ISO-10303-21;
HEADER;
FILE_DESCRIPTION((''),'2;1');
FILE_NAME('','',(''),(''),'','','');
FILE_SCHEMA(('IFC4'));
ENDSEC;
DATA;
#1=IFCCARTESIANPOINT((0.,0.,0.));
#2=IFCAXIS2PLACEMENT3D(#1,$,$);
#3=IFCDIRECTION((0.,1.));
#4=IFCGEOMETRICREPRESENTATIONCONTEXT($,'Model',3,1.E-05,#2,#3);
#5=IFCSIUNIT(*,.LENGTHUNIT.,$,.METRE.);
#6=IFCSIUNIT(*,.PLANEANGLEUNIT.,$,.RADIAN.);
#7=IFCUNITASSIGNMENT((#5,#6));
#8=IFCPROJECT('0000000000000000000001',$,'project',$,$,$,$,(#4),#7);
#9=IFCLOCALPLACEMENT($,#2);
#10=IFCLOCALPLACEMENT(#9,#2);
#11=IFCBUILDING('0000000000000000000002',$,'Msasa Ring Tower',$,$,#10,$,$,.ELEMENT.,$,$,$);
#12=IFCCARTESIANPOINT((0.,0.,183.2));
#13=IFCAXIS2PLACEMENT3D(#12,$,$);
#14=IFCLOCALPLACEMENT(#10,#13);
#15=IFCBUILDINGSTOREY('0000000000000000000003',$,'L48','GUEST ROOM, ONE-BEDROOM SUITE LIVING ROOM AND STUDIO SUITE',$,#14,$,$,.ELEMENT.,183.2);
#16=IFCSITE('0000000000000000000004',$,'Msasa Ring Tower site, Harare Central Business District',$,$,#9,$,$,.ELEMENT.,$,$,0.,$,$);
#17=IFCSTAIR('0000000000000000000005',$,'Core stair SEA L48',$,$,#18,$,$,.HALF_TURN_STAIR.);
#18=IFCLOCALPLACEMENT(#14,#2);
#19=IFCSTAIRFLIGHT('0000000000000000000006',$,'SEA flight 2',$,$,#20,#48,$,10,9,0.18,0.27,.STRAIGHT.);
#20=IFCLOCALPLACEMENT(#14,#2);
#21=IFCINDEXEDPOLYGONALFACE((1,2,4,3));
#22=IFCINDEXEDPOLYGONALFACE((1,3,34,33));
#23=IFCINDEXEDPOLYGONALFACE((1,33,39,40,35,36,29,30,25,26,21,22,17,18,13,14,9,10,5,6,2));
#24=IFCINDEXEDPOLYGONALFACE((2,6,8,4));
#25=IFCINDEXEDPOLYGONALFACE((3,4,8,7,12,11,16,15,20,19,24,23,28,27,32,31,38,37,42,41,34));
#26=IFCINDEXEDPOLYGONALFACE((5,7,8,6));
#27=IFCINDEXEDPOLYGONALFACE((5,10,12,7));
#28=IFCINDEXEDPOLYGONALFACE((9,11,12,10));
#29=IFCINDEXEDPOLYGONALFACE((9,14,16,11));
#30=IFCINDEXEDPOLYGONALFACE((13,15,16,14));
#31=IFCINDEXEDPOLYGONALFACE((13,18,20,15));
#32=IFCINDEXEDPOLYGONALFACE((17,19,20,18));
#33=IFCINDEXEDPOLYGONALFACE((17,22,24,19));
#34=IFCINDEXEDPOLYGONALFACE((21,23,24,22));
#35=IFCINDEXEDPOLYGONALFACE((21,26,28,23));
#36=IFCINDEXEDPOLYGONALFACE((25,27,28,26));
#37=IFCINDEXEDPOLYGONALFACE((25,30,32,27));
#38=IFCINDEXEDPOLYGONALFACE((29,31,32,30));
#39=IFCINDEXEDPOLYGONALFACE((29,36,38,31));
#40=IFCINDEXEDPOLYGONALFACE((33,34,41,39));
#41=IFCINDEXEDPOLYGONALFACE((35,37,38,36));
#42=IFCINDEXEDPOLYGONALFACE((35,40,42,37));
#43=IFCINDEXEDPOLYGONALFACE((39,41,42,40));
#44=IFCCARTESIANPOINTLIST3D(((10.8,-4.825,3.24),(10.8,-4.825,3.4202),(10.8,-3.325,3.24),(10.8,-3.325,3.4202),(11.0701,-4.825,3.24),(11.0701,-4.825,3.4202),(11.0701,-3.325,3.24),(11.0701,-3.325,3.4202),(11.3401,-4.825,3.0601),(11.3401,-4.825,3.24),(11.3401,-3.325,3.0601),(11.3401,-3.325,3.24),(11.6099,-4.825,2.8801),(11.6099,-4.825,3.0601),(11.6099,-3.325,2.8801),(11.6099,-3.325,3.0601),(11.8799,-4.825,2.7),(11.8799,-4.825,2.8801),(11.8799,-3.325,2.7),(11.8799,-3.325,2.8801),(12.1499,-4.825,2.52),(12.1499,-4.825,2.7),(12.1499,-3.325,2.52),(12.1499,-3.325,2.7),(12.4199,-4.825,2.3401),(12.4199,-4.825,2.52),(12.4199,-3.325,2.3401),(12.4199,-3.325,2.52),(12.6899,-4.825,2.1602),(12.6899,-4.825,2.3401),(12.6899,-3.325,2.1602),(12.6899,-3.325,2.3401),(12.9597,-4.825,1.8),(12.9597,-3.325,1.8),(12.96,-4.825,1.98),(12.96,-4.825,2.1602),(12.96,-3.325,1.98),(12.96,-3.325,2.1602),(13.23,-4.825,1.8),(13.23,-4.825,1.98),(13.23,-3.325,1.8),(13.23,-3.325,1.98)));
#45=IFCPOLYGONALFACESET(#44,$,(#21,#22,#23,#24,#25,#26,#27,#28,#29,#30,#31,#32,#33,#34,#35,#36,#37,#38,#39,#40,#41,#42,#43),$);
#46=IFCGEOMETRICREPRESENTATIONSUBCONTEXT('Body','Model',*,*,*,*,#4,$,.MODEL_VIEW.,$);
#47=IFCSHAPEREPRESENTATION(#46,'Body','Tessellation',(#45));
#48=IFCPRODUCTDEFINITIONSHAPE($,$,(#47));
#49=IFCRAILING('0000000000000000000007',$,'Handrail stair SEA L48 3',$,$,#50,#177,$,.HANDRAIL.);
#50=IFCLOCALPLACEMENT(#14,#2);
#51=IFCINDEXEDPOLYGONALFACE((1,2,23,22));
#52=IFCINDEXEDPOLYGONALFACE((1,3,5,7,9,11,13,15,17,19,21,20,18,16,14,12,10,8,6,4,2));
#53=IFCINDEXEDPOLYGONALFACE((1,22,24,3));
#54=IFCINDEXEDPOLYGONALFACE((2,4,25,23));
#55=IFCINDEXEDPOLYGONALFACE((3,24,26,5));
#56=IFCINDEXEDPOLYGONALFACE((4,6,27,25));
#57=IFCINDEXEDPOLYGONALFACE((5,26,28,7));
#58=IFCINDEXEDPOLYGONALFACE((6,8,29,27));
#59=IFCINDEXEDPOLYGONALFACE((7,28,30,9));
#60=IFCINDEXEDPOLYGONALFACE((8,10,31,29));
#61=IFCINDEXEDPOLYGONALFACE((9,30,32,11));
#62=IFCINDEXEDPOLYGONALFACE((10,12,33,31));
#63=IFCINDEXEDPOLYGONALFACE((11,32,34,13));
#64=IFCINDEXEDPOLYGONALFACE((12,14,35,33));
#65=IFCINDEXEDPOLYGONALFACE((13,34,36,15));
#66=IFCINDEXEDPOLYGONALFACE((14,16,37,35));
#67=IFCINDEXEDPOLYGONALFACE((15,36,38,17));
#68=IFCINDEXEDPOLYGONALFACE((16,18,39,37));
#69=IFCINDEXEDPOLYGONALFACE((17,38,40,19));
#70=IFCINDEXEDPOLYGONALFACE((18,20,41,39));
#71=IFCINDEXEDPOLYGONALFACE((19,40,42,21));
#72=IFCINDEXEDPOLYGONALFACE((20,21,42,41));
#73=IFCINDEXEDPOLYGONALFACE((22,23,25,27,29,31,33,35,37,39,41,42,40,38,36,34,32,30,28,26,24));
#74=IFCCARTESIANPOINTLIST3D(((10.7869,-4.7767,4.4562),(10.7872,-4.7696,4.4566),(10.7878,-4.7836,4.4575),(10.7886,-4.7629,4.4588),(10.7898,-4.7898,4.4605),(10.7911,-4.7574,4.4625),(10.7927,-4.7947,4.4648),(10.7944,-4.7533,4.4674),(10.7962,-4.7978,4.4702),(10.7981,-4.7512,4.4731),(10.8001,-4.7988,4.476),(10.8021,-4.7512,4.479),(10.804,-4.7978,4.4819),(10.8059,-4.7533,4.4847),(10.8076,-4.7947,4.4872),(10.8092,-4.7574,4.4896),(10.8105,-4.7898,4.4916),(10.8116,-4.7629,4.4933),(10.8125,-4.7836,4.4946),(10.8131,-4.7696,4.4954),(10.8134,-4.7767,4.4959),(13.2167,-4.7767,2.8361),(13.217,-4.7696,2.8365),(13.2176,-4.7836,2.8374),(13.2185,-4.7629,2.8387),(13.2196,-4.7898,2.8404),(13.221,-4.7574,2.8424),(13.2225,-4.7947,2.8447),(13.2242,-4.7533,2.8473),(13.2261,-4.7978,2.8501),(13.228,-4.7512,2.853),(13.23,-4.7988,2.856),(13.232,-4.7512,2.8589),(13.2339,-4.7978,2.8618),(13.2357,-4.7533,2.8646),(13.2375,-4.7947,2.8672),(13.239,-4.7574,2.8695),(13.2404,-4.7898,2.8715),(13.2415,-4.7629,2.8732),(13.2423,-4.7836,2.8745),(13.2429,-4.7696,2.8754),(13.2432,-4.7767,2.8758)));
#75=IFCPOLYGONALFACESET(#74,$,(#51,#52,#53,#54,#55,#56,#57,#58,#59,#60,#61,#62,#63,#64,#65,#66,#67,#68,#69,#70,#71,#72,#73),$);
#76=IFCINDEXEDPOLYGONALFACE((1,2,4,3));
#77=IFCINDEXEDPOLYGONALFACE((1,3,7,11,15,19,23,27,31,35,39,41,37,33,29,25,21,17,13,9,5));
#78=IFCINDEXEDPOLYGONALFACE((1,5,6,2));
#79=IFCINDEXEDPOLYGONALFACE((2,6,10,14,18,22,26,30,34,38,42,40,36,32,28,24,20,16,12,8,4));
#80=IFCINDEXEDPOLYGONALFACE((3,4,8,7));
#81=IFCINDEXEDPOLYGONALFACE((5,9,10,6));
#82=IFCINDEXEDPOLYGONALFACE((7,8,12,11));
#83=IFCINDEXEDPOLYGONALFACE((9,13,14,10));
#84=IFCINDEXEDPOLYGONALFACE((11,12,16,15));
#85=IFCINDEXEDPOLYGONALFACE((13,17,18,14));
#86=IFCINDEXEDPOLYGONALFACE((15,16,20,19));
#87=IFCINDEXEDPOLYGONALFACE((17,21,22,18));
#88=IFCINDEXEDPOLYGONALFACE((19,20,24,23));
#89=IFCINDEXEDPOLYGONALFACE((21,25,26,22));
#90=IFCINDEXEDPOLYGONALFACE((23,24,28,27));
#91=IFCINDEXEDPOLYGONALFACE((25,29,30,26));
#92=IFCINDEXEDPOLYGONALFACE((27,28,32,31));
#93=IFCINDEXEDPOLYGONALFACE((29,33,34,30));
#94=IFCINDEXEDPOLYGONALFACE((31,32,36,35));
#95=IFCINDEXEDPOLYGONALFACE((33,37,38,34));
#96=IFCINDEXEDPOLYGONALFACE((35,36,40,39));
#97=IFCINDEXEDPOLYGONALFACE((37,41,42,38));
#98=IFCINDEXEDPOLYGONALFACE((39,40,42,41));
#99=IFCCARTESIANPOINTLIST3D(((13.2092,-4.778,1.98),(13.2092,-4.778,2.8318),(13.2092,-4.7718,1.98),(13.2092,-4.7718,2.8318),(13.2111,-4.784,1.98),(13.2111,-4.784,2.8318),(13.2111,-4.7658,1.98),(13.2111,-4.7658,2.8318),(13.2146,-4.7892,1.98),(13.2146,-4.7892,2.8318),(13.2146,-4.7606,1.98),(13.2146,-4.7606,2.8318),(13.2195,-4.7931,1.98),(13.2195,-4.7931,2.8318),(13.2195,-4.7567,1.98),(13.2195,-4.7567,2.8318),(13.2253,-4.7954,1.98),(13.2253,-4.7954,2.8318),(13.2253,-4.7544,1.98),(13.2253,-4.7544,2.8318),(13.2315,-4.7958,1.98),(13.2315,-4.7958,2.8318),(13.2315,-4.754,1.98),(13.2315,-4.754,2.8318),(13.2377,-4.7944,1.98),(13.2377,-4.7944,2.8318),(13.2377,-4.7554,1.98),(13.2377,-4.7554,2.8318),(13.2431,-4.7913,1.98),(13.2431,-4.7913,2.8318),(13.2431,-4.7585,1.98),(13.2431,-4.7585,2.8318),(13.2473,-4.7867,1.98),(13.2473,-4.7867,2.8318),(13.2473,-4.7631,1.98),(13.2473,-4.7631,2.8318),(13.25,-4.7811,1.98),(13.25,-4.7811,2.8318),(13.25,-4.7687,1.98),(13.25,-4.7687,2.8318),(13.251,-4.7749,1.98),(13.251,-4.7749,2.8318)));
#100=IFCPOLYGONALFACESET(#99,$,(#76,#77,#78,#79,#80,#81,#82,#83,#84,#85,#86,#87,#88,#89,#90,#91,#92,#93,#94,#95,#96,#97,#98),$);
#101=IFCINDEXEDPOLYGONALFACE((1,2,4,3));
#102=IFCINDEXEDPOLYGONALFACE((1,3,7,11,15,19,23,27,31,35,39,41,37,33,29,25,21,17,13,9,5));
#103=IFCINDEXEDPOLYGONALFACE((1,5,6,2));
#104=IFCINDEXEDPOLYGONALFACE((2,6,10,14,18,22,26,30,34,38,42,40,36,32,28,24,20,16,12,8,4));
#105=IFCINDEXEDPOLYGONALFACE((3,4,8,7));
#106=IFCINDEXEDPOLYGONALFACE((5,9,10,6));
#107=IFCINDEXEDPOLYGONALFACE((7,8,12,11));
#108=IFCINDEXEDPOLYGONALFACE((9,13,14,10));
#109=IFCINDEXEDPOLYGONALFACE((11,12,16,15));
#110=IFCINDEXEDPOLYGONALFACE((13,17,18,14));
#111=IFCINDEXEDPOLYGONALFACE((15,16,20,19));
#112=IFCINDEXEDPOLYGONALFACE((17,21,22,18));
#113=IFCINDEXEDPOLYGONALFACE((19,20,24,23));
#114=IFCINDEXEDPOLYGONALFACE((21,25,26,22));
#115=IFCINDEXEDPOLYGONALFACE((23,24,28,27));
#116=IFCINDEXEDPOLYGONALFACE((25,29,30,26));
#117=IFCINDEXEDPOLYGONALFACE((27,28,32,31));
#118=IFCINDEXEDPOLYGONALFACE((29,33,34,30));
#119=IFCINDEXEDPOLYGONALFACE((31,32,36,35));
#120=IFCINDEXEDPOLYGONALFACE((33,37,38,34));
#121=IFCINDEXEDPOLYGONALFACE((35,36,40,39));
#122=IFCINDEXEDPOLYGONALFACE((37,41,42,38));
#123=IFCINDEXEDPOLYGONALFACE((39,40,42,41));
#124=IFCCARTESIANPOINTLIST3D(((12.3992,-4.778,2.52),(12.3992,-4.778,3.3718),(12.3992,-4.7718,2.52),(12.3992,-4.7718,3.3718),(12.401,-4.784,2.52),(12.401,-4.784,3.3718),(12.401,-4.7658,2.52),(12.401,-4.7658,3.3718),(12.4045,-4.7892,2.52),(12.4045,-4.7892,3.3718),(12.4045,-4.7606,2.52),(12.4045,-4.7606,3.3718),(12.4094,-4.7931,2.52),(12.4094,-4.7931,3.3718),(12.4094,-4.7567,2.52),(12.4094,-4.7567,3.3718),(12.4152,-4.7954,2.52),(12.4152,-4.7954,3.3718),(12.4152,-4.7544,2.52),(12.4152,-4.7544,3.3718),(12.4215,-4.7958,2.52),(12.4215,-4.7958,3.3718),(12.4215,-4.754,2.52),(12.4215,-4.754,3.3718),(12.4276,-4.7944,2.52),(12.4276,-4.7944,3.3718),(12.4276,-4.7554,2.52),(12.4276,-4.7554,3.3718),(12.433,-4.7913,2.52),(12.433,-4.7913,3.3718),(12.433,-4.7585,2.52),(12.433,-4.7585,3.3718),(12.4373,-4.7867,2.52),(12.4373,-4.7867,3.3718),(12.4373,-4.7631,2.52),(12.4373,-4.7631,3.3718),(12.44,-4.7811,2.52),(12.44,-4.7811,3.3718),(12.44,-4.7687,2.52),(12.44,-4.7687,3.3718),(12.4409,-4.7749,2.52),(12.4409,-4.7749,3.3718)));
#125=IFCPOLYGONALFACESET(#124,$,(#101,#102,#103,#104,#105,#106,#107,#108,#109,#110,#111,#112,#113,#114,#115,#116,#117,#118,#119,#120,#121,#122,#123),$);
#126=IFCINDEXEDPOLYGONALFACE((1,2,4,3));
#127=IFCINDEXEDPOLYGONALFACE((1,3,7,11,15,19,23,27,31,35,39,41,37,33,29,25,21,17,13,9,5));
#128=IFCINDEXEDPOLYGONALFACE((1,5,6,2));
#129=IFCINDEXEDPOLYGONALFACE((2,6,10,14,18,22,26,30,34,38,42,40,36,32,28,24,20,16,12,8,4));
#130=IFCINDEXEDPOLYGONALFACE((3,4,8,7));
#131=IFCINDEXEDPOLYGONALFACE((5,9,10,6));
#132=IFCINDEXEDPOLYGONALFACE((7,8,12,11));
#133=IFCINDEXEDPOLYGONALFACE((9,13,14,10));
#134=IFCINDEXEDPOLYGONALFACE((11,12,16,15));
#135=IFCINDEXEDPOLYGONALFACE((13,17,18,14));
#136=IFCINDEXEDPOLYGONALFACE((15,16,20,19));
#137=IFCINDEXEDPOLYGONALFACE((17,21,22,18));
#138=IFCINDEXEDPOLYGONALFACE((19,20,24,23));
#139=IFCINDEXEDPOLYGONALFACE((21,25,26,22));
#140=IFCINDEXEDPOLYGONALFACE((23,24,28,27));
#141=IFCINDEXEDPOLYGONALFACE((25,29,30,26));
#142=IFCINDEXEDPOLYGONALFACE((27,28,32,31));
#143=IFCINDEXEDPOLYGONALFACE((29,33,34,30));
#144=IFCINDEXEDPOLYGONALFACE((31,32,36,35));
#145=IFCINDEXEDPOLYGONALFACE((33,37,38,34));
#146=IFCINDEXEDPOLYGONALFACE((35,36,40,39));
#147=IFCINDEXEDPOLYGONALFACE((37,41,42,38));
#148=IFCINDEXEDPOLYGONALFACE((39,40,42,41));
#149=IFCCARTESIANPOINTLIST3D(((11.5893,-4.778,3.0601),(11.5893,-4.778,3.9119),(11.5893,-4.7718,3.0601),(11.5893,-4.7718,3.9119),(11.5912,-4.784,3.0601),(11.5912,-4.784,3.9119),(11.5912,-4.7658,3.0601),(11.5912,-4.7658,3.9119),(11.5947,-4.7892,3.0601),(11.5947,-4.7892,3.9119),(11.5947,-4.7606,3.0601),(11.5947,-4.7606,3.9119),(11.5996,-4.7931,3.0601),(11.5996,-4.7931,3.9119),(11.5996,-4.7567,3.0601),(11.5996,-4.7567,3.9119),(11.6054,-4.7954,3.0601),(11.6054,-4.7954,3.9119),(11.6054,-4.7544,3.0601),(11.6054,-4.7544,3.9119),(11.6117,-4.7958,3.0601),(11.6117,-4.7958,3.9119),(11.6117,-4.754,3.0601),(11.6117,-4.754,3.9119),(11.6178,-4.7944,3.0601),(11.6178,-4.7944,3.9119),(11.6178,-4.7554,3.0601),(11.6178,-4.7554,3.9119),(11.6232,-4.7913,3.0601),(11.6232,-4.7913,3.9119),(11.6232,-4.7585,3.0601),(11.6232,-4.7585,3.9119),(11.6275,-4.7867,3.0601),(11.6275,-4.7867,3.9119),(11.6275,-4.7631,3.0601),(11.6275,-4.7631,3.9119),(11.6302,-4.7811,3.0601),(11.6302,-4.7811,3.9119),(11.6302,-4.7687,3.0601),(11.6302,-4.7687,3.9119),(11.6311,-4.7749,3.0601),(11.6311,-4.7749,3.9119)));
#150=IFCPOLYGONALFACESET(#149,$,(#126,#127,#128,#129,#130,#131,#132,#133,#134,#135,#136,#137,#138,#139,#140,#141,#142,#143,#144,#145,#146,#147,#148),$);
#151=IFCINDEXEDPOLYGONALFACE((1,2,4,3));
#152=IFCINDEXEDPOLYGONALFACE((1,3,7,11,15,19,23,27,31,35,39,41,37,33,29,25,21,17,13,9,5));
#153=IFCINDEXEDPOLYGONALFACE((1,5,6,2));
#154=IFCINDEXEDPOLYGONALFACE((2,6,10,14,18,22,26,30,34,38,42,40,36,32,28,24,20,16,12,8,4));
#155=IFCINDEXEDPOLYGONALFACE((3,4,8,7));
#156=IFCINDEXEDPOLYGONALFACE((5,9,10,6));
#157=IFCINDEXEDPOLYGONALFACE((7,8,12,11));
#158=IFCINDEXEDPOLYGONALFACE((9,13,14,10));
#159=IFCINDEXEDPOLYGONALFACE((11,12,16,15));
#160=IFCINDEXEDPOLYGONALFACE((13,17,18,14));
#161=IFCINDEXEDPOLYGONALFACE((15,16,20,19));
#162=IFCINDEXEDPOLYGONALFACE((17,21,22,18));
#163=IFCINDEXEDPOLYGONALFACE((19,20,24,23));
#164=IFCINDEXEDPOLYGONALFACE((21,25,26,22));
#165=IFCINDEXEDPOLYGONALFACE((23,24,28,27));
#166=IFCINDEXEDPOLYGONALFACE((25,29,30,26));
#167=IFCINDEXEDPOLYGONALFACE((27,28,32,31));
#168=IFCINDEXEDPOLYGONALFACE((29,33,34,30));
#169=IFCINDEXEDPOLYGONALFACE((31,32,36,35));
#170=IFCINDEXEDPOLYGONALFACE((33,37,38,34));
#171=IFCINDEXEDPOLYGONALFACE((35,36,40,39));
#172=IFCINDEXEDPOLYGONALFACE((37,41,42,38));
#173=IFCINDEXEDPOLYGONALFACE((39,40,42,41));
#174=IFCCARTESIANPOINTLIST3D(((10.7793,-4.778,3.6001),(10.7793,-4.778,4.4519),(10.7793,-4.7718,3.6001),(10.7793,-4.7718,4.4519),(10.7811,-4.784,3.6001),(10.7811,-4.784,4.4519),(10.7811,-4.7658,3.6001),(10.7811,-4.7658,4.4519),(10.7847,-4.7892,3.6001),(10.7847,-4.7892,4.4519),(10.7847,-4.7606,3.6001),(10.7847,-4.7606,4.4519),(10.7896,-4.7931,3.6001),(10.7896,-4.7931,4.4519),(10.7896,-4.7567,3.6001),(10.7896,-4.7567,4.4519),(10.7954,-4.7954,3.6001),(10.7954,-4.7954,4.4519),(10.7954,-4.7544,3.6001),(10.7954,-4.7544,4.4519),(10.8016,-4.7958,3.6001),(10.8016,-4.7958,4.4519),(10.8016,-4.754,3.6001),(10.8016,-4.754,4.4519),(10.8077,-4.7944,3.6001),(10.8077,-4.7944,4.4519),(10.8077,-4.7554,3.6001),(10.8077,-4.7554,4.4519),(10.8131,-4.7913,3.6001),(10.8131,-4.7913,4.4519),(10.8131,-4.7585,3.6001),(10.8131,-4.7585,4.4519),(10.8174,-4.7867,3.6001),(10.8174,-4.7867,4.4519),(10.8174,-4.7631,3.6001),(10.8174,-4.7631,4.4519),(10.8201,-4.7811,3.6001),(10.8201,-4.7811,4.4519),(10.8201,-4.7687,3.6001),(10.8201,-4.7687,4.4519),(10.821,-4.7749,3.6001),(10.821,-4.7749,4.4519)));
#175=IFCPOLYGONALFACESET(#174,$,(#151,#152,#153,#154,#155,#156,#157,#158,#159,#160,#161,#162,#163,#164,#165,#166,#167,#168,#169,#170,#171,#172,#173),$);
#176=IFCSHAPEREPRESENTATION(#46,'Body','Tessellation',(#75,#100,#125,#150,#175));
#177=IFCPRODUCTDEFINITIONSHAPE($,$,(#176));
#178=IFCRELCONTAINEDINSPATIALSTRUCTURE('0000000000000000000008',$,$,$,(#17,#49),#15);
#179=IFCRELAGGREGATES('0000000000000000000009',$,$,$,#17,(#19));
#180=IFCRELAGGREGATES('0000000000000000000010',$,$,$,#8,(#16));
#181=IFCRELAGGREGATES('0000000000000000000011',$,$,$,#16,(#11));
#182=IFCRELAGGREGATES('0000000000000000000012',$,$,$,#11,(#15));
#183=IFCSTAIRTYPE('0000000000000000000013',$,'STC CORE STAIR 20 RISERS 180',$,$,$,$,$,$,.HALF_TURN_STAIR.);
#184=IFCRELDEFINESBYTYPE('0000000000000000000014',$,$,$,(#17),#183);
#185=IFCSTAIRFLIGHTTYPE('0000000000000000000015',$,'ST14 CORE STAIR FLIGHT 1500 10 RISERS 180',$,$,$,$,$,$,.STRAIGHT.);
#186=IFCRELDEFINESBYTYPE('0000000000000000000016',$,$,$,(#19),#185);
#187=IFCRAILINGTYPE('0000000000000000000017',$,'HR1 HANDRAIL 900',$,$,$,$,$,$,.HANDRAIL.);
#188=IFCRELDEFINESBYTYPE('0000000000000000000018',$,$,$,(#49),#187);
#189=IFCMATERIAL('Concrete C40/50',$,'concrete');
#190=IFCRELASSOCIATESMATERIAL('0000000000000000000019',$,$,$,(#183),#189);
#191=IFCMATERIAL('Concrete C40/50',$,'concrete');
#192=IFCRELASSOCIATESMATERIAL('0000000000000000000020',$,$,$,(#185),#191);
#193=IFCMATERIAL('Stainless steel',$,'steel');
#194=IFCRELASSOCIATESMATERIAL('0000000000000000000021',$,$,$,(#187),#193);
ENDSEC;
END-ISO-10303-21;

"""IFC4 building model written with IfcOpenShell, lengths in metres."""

from ifc_helpers import new_model, si_unit, direction, frame, origin, origin_2d, place, context, subcontext, project, spatial, polyline, circle, outline, extrude, material, type_object, element, aggregate, save


model = new_model("IFC4")

# Units and contexts
model_context = context("Model", 3, precision=1e-05, world=origin(), true_north=direction((0.0, 1.0)))
body_context = subcontext(model_context, "Body", "Model", "MODEL_VIEW")
ifc_project = project(units=[si_unit("LENGTHUNIT", "METRE"), si_unit("PLANEANGLEUNIT", "RADIAN")], contexts=[model_context])

# Site, building, storey
site_placement = place(None, origin())
site = spatial("IfcSite", under=ifc_project, at=site_placement, Name="Msasa Ring Tower site, Harare Central Business District", CompositionType="ELEMENT", RefElevation=0.0)
building_placement = place(site_placement, origin())
building = spatial("IfcBuilding", under=site, at=building_placement, Name="Msasa Ring Tower", CompositionType="ELEMENT")
storey_placement = place(building_placement, frame((0.0, 0.0, 183.2)))
storey = spatial("IfcBuildingStorey", under=building, at=storey_placement, Name="L48", Description="GUEST ROOM, ONE-BEDROOM SUITE LIVING ROOM AND STUDIO SUITE", CompositionType="ELEMENT", Elevation=183.2)

# Stair, stair flight
ifc_material_1 = material(Name="Concrete C40/50", Category="concrete")
stair_type = type_object("IfcStairType", Name="STC CORE STAIR 20 RISERS 180", PredefinedType="HALF_TURN_STAIR", material=ifc_material_1)
stair_placement = place(storey_placement, origin())
stair = element("IfcStair", 1, at=stair_placement, inside=storey, type_object=stair_type, Name="Core stair SEA L48", PredefinedType="HALF_TURN_STAIR")
ifc_material_2 = material(Name="Concrete C40/50", Category="concrete")
stair_flight_type = type_object("IfcStairFlightType", Name="ST14 CORE STAIR FLIGHT 1500 10 RISERS 180", PredefinedType="STRAIGHT", material=ifc_material_2)
stair_flight_placement = place(storey_placement, frame((13.23, -4.075, 1.8), z_axis=(0.0, 0.0, 1.0), x_axis=(-1.0, 0.0, 0.0)))
stair_flight = element("IfcStairFlight", 2, at=stair_flight_placement, type_object=stair_flight_type, Name="SEA flight 2", NumberOfRisers=10, NumberOfTreads=9, PredefinedType="STRAIGHT", RiserHeight=0.18, TreadLength=0.27, context=body_context, shape_type="SweptSolid", body=[
    extrude(outline(polyline([(0.0, 0.0), (0.0, 0.1799), (0.27, 0.1799), (0.27, 0.3601), (0.54, 0.3601), (0.54, 0.54), (0.8101, 0.54), (0.8101, 0.72), (1.0801, 0.72), (1.0801, 0.8999), (1.3501, 0.8999), (1.3501, 1.0801), (1.6201, 1.0801), (1.6201, 1.26), (1.8899, 1.26), (1.8899, 1.4399), (2.1599, 1.4399), (2.1599, 1.6201), (2.4299, 1.6201), (2.4299, 1.8), (2.4299, 1.4399), (0.2703, 0.0), (0.0, 0.0)])), frame((0.0, 0.75, 0.0), z_axis=(0.0, -1.0, 0.0), x_axis=(1.0, 0.0, 0.0)), (0.0, 0.0, 1.0), 1.5),
])
aggregate(stair, [stair_flight])

# Railing
ifc_material_3 = material(Name="Stainless steel", Category="steel")
railing_type = type_object("IfcRailingType", Name="HR1 HANDRAIL 900", PredefinedType="HANDRAIL", material=ifc_material_3)
for number, where, name in (
    (3, (13.23, -4.7749, 1.98), "Handrail stair SEA L48 3"),
):
    element("IfcRailing", number, at=place(storey_placement, frame(where)), inside=storey, type_object=railing_type, Name=name, PredefinedType="HANDRAIL", context=body_context, shape_type="SweptSolid", body=[
        extrude(circle(Radius=0.0239, at=origin_2d()), frame((0.0, 0.0, 0.876), z_axis=(-0.832025, 0.0, 0.554739), x_axis=(0.0, -1.0, 0.0)), (0.0, 0.0, 1.0), 2.9204),
        extrude(circle(Radius=0.021, at=origin_2d()), origin(), (0.0, 0.0, 1.0), 0.8518),
        extrude(circle(Radius=0.021, at=origin_2d()), frame((-0.8101, 0.0, 0.54)), (0.0, 0.0, 1.0), 0.8518),
        extrude(circle(Radius=0.021, at=origin_2d()), frame((-1.6199, 0.0, 1.0801)), (0.0, 0.0, 1.0), 0.8518),
        extrude(circle(Radius=0.021, at=origin_2d()), frame((-2.4299, 0.0, 1.6201)), (0.0, 0.0, 1.0), 0.8518),
    ])

save(model, "model.ifc")
